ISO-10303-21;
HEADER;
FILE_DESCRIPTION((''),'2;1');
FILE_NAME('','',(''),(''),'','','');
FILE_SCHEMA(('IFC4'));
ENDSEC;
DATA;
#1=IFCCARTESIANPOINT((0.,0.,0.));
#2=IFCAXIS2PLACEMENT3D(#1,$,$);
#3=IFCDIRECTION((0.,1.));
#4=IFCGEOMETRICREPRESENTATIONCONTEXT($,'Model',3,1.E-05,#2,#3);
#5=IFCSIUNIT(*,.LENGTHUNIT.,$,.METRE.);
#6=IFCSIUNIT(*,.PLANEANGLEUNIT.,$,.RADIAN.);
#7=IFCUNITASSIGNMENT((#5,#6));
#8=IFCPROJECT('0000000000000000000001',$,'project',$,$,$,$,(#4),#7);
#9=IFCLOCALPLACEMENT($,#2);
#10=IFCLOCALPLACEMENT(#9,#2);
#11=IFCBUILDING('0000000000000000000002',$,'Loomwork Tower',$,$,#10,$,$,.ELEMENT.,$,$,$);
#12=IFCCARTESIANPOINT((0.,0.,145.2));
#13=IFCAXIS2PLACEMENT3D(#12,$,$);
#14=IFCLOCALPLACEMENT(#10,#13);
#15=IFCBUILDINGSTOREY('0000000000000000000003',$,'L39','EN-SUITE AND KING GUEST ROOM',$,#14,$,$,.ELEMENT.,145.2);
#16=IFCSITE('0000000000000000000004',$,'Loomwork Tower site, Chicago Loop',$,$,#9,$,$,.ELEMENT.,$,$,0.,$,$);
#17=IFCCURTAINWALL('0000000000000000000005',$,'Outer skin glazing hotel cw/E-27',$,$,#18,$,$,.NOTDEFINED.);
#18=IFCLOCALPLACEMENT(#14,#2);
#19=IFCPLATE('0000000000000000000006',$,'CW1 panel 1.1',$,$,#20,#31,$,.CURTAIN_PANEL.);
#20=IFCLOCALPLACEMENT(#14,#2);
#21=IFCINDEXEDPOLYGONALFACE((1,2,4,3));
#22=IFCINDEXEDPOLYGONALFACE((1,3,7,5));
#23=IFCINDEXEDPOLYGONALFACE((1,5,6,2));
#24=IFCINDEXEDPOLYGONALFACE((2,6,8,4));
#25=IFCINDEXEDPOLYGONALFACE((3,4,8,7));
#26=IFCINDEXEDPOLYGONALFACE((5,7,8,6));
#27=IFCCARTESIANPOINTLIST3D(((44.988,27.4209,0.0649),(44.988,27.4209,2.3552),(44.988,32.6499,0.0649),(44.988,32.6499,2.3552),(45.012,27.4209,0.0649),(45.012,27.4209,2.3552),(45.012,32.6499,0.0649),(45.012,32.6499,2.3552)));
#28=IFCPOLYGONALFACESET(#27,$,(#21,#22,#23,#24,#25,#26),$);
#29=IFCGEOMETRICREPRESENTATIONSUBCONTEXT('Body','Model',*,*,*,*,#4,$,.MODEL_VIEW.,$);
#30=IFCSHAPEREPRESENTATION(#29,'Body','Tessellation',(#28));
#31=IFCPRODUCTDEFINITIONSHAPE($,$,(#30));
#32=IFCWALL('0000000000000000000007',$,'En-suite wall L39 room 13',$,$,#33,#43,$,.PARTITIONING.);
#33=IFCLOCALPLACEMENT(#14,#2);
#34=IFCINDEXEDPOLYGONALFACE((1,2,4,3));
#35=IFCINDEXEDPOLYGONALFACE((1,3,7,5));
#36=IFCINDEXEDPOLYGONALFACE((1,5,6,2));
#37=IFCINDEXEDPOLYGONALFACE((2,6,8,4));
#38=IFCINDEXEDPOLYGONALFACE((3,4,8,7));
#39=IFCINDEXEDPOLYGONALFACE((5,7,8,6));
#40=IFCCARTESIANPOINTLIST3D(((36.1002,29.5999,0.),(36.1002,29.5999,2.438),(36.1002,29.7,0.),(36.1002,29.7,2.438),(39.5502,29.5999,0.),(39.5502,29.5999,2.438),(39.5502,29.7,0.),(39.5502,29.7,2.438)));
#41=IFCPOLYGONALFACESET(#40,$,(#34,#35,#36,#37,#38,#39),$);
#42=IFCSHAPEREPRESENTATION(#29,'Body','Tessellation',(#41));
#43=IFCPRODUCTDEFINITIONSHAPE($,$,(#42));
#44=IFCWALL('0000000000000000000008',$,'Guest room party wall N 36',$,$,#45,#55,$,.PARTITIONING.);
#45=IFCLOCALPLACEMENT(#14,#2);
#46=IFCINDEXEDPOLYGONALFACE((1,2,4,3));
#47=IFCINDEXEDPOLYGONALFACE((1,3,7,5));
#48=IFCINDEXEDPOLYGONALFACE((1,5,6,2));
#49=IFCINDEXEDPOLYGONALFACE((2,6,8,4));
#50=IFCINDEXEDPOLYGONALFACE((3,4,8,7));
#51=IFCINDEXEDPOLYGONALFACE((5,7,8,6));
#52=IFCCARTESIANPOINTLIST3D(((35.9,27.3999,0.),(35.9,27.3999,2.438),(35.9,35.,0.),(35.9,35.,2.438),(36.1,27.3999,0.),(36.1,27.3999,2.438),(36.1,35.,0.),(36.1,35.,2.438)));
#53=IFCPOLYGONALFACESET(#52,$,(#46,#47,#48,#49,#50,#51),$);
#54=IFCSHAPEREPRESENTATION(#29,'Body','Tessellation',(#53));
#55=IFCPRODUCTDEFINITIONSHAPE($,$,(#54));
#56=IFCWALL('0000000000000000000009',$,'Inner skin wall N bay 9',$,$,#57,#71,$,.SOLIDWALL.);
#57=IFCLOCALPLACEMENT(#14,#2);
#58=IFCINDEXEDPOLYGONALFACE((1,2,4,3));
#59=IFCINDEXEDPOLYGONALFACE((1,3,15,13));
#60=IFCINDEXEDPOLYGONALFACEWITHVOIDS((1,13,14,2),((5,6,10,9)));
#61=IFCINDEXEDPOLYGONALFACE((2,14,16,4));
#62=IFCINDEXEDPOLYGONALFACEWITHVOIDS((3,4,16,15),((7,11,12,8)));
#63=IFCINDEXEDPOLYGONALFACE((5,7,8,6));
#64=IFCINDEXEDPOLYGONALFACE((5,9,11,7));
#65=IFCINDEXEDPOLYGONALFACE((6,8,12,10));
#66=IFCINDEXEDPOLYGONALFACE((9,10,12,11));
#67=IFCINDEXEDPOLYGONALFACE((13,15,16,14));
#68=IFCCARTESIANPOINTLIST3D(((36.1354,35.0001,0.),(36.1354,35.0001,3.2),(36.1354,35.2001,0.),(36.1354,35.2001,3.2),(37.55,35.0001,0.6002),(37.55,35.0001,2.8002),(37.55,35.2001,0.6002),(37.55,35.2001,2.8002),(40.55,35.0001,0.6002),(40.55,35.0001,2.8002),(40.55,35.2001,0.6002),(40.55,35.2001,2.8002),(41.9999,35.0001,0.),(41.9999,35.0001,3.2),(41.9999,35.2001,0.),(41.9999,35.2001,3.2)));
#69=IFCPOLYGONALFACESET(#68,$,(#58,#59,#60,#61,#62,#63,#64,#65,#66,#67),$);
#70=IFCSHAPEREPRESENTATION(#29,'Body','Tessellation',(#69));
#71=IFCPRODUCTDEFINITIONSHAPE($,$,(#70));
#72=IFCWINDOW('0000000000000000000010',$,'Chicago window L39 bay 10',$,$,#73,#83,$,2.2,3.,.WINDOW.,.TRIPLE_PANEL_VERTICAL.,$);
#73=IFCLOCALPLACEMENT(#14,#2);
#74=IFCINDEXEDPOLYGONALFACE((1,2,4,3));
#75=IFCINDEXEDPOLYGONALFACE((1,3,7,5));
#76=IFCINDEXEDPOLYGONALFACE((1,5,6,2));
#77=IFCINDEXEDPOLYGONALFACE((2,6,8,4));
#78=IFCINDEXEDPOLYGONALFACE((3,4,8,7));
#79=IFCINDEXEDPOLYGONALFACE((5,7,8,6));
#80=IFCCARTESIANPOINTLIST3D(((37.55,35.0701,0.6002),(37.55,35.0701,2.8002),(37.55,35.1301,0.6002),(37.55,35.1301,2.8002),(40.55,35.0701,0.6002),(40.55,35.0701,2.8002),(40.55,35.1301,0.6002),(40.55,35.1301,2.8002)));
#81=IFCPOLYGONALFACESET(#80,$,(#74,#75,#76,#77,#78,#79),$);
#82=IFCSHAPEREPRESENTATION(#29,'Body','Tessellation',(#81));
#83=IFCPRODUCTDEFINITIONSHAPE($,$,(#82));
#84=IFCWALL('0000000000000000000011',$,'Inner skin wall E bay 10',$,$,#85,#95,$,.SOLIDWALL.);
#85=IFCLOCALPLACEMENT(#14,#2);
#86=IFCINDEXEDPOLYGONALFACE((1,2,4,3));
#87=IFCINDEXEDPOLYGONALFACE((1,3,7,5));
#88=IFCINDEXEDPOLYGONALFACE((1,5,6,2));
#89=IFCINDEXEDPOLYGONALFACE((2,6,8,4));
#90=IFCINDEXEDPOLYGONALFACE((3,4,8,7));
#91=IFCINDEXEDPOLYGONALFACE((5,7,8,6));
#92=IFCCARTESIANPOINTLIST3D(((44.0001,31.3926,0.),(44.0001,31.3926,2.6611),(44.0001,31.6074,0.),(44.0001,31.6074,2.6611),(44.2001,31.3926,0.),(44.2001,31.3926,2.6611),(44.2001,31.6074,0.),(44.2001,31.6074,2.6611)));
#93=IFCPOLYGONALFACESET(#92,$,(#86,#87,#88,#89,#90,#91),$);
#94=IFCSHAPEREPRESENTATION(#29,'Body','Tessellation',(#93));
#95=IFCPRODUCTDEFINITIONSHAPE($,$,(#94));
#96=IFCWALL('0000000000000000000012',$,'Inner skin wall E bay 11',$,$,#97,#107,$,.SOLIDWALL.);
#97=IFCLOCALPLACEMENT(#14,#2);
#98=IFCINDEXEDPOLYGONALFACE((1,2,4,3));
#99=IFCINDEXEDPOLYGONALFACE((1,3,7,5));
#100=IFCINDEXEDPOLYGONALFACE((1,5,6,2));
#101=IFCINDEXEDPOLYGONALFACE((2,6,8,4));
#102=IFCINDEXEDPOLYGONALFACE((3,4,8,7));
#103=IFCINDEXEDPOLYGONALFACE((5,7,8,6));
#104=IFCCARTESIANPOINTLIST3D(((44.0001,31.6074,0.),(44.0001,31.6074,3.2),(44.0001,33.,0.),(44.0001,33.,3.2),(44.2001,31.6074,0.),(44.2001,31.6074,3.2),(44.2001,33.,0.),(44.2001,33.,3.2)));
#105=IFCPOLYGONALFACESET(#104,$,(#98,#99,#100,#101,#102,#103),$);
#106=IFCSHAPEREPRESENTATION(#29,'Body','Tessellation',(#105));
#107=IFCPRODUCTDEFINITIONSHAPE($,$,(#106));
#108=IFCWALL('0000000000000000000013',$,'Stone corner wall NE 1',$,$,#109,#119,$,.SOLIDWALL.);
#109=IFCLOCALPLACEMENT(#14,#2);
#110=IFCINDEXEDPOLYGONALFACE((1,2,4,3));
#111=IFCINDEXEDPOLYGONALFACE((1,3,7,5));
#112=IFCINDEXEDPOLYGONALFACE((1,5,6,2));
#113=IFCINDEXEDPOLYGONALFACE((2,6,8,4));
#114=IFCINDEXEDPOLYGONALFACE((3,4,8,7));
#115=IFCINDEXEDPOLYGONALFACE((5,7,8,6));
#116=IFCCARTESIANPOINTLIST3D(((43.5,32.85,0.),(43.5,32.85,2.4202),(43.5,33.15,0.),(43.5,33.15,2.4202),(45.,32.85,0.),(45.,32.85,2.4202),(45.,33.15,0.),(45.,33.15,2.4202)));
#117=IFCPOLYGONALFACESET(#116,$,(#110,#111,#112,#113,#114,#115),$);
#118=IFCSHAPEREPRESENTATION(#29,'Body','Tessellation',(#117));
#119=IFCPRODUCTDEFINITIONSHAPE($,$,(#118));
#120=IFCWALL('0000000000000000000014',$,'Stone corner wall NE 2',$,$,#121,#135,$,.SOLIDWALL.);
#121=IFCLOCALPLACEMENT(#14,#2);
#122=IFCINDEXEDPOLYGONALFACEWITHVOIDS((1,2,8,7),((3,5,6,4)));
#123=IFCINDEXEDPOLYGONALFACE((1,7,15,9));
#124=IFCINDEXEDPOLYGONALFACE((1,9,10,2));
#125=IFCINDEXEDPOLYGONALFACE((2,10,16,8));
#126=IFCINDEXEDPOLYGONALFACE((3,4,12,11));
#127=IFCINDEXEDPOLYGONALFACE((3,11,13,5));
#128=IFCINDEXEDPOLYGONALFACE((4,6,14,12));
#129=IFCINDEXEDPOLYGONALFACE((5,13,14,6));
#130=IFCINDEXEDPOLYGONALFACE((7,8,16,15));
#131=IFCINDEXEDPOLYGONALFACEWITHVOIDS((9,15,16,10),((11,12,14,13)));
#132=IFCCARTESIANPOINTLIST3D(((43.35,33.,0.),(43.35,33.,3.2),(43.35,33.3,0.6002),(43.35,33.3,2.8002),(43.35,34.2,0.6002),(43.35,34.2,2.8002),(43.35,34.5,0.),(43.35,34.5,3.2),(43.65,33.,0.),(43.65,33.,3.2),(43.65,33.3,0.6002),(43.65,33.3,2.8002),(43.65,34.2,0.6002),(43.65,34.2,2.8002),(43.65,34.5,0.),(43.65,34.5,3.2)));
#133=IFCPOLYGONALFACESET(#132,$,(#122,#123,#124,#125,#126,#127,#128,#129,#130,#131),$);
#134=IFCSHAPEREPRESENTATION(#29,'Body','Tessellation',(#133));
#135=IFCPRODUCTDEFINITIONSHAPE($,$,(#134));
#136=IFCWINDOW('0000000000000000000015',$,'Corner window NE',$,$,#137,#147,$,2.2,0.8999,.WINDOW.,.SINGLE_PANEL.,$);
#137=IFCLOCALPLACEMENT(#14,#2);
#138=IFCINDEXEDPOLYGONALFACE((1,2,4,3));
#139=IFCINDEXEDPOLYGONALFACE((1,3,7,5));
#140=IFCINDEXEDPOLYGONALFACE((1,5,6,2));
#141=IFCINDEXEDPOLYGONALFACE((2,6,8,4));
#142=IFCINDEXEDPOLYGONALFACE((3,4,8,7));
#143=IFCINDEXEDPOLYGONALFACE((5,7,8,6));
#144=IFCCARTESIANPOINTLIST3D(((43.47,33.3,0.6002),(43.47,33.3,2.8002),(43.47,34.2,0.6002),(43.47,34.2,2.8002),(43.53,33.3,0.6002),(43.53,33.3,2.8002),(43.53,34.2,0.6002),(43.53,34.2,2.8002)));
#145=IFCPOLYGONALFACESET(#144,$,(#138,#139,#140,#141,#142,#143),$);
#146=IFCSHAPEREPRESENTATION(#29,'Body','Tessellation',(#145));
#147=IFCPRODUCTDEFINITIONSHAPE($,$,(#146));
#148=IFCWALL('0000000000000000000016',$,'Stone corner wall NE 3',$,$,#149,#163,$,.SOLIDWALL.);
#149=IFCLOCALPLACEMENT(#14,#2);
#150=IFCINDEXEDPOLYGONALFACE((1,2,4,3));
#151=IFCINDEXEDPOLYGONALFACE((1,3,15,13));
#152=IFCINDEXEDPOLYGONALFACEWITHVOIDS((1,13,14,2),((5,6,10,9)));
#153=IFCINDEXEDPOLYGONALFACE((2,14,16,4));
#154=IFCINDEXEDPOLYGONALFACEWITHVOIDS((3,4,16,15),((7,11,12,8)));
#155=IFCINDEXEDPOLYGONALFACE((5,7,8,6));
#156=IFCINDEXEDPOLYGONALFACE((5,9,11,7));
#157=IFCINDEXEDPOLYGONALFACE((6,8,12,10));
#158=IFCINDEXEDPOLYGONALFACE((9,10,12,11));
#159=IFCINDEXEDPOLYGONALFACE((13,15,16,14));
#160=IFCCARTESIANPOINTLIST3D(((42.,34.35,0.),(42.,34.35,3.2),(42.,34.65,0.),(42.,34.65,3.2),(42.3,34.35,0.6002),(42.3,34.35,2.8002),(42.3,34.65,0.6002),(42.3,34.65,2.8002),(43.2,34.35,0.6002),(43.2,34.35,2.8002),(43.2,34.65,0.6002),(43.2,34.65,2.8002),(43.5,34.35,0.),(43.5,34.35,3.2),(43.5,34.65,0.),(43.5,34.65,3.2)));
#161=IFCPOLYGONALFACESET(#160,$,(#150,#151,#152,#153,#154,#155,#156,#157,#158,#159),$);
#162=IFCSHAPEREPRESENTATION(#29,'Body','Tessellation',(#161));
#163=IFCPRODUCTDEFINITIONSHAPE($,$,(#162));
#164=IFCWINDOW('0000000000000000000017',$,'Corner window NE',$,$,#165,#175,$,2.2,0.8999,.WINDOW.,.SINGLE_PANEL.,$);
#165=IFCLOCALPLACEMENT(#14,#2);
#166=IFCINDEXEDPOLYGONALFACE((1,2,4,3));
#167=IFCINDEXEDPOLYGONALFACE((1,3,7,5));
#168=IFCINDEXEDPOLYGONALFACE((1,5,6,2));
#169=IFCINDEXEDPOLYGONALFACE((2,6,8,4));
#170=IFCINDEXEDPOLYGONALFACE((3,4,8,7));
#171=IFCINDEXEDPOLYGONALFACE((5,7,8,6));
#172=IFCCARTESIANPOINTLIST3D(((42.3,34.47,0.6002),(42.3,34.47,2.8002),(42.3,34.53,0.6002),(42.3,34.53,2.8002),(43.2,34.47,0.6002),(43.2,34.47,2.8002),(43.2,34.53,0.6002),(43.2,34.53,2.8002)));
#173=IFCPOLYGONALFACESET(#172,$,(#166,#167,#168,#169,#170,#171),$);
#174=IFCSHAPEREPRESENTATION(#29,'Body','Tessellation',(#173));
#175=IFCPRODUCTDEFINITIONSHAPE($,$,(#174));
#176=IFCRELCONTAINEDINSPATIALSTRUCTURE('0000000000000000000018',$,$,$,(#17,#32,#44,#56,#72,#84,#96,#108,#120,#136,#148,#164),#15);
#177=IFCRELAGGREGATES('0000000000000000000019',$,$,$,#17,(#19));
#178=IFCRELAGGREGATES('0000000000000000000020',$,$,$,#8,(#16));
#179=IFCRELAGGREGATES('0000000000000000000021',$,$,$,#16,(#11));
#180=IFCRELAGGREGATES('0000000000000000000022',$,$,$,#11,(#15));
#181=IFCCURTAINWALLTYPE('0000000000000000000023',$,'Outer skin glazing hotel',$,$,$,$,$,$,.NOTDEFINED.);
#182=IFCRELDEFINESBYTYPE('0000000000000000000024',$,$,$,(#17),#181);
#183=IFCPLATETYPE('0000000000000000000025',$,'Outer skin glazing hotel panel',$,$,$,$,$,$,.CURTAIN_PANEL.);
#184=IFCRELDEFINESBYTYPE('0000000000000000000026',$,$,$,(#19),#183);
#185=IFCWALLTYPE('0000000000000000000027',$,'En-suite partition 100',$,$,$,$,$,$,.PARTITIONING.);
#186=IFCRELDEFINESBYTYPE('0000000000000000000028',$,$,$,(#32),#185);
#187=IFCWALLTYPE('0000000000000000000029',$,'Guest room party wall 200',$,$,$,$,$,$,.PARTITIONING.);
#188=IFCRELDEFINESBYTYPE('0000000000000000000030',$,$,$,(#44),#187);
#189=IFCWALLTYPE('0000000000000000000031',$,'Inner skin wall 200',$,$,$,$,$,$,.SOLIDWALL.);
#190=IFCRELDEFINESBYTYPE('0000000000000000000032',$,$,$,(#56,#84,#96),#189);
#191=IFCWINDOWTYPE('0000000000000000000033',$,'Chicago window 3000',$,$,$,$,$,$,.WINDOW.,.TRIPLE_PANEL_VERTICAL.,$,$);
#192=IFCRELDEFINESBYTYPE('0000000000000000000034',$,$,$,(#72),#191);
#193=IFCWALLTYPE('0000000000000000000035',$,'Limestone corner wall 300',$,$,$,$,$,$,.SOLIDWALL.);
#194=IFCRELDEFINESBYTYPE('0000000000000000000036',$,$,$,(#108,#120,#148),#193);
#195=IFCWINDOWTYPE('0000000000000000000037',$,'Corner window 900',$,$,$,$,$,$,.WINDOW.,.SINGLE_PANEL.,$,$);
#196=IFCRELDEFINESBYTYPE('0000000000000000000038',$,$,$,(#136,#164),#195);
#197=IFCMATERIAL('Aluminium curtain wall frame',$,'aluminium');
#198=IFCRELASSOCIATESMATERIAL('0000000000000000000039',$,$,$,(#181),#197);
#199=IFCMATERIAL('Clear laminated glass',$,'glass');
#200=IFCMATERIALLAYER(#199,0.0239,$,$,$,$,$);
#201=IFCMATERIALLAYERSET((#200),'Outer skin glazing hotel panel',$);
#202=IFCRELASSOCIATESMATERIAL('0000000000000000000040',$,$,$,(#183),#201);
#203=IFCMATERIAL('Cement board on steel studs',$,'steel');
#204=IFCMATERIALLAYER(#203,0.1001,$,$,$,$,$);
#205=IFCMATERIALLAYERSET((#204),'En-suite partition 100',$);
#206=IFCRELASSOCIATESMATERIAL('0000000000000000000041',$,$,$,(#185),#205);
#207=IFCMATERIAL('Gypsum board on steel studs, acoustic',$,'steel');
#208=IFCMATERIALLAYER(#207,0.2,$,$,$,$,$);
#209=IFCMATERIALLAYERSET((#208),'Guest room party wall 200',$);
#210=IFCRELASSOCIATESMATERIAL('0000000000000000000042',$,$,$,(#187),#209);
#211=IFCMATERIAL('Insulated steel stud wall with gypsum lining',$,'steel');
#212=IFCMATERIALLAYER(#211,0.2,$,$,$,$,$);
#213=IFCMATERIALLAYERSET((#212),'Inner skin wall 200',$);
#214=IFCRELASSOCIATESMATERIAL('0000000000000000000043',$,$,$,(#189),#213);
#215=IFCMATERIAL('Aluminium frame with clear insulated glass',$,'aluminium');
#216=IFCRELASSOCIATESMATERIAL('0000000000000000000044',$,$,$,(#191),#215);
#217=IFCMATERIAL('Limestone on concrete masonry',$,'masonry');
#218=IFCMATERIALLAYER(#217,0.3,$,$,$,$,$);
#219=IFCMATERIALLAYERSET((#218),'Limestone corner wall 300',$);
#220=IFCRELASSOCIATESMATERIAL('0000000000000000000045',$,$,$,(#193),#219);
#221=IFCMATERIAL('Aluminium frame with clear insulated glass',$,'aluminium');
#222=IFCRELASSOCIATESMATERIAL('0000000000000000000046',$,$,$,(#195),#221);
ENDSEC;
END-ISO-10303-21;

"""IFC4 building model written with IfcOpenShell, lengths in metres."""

from ifc_helpers import new_model, si_unit, direction, frame, frame_2d, origin, origin_2d, place, context, subcontext, project, spatial, rectangle, extrude, material, layer, layer_set, type_object, element, fill, aggregate, save


model = new_model("IFC4")

# Units and contexts
model_context = context("Model", 3, precision=1e-05, world=origin(), true_north=direction((0.0, 1.0)))
body_context = subcontext(model_context, "Body", "Model", "MODEL_VIEW")
ifc_project = project(units=[si_unit("LENGTHUNIT", "METRE"), si_unit("PLANEANGLEUNIT", "RADIAN")], contexts=[model_context])

# Site, building, storey
site_placement = place(None, origin())
site = spatial("IfcSite", under=ifc_project, at=site_placement, Name="Loomwork Tower site, Chicago Loop", CompositionType="ELEMENT", RefElevation=0.0)
building_placement = place(site_placement, origin())
building = spatial("IfcBuilding", under=site, at=building_placement, Name="Loomwork Tower", CompositionType="ELEMENT")
storey_placement = place(building_placement, frame((0.0, 0.0, 145.2)))
storey = spatial("IfcBuildingStorey", under=building, at=storey_placement, Name="L39", Description="EN-SUITE AND KING GUEST ROOM", CompositionType="ELEMENT", Elevation=145.2)

# Shared definitions
ifc_material_1 = material(Name="Aluminium curtain wall frame", Category="aluminium")
curtain_wall_type = type_object("IfcCurtainWallType", Name="Outer skin glazing hotel", PredefinedType="NOTDEFINED", material=ifc_material_1)

# Curtain wall
curtain_wall_1_placement = place(storey_placement, origin())
curtain_wall_1 = element("IfcCurtainWall", 1, at=curtain_wall_1_placement, inside=storey, type_object=curtain_wall_type, Name="Outer skin glazing hotel cw/E-27", PredefinedType="NOTDEFINED")

# Plate
ifc_material_2 = material(Name="Clear laminated glass", Category="glass")
ifc_layer_1 = layer(ifc_material_2, 0.0239)
ifc_layer_set_1 = layer_set([ifc_layer_1], Name="Outer skin glazing hotel panel")
plate_type = type_object("IfcPlateType", Name="Outer skin glazing hotel panel", PredefinedType="CURTAIN_PANEL", material=ifc_layer_set_1)
plate_1_placement = place(storey_placement, frame((45.0, 30.0354, 0.0649), z_axis=(0.0, 0.0, 1.0), x_axis=(0.0, 1.0, 0.0)))
plate_1 = element("IfcPlate", 2, at=plate_1_placement, type_object=plate_type, Name="CW1 panel 1.1", PredefinedType="CURTAIN_PANEL", context=body_context, shape_type="SweptSolid", body=[
    extrude(rectangle(XDim=5.229, YDim=0.0239, at=origin_2d()), origin(), (0.0, 0.0, 1.0), 2.2903),
])
aggregate(curtain_wall_1, [plate_1])

# Walls
ifc_material_3 = material(Name="Cement board on steel studs", Category="steel")
ifc_layer_2 = layer(ifc_material_3, 0.1001)
ifc_layer_set_2 = layer_set([ifc_layer_2], Name="En-suite partition 100")
wall_type_1 = type_object("IfcWallType", Name="En-suite partition 100", PredefinedType="PARTITIONING", material=ifc_layer_set_2)
wall_1_placement = place(storey_placement, frame((36.1001, 29.6499, 0.0), z_axis=(0.0, 0.0, 1.0), x_axis=(1.0, 0.0, 0.0)))
element("IfcWall", 3, at=wall_1_placement, inside=storey, type_object=wall_type_1, Name="En-suite wall L39 room 13", PredefinedType="PARTITIONING", context=body_context, shape_type="SweptSolid", body=[
    extrude(rectangle(XDim=3.45, YDim=0.1001, at=frame_2d((1.7251, 0.0))), origin(), (0.0, 0.0, 1.0), 2.438),
])
ifc_material_4 = material(Name="Gypsum board on steel studs, acoustic", Category="steel")
ifc_layer_3 = layer(ifc_material_4, 0.2)
ifc_layer_set_3 = layer_set([ifc_layer_3], Name="Guest room party wall 200")
wall_type_2 = type_object("IfcWallType", Name="Guest room party wall 200", PredefinedType="PARTITIONING", material=ifc_layer_set_3)
wall_2_placement = place(storey_placement, frame((36.0, 27.3999, 0.0), z_axis=(0.0, 0.0, 1.0), x_axis=(0.0, 1.0, 0.0)))
element("IfcWall", 4, at=wall_2_placement, inside=storey, type_object=wall_type_2, Name="Guest room party wall N 36", PredefinedType="PARTITIONING", context=body_context, shape_type="SweptSolid", body=[
    extrude(rectangle(XDim=7.6001, YDim=0.2, at=frame_2d((3.8, 0.0))), origin(), (0.0, 0.0, 1.0), 2.438),
])

# Wall, opening, window
ifc_material_5 = material(Name="Insulated steel stud wall with gypsum lining", Category="steel")
ifc_layer_4 = layer(ifc_material_5, 0.2)
ifc_layer_set_4 = layer_set([ifc_layer_4], Name="Inner skin wall 200")
wall_type_3 = type_object("IfcWallType", Name="Inner skin wall 200", PredefinedType="SOLIDWALL", material=ifc_layer_set_4)
wall_3_placement = place(storey_placement, frame((36.1355, 35.1001, 0.0), z_axis=(0.0, 0.0, 1.0), x_axis=(1.0, 0.0, 0.0)))
wall_3 = element("IfcWall", 5, at=wall_3_placement, inside=storey, type_object=wall_type_3, Name="Inner skin wall N bay 9", PredefinedType="SOLIDWALL", context=body_context, shape_type="SweptSolid", body=[
    extrude(rectangle(XDim=5.8645, YDim=0.2, at=frame_2d((2.9321, 0.0))), origin(), (0.0, 0.0, 1.0), 3.2),
])
opening_1_placement = place(wall_3_placement, frame((1.4146, 0.0, 0.6001)))
opening_1 = element("IfcOpeningElement", 6, at=opening_1_placement, cuts=wall_3, PredefinedType="OPENING", context=body_context, shape_type="SweptSolid", body=[
    extrude(rectangle(XDim=3.0, YDim=2.2, at=frame_2d((1.5, 1.1001))), frame((0.0, 0.1099, 0.0), z_axis=(0.0, -1.0, 0.0), x_axis=(1.0, 0.0, 0.0)), (0.0, 0.0, 1.0), 0.22),
])
ifc_material_6 = material(Name="Aluminium frame with clear insulated glass", Category="aluminium")
window_type_1 = type_object("IfcWindowType", Name="Chicago window 3000", PartitioningType="TRIPLE_PANEL_VERTICAL", PredefinedType="WINDOW", material=ifc_material_6)
window_1_placement = place(opening_1_placement, origin())
window_1 = element("IfcWindow", 7, at=window_1_placement, inside=storey, type_object=window_type_1, Name="Chicago window L39 bay 10", OverallHeight=2.2, OverallWidth=3.0, PartitioningType="TRIPLE_PANEL_VERTICAL", PredefinedType="WINDOW", context=body_context, shape_type="SweptSolid", body=[
    extrude(rectangle(XDim=3.0, YDim=2.2, at=frame_2d((1.5, 1.1001))), frame((0.0, 0.03, 0.0), z_axis=(0.0, -1.0, 0.0), x_axis=(1.0, 0.0, 0.0)), (0.0, 0.0, 1.0), 0.0601),
])
fill(opening_1, window_1)

# Walls
wall_4_placement = place(storey_placement, frame((44.1001, 31.3926, 0.0), z_axis=(0.0, 0.0, 1.0), x_axis=(0.0, 1.0, 0.0)))
element("IfcWall", 8, at=wall_4_placement, inside=storey, type_object=wall_type_3, Name="Inner skin wall E bay 10", PredefinedType="SOLIDWALL", context=body_context, shape_type="SweptSolid", body=[
    extrude(rectangle(XDim=0.2148, YDim=0.2, at=frame_2d((0.1074, 0.0))), origin(), (0.0, 0.0, 1.0), 2.6611),
])
wall_5_placement = place(storey_placement, frame((44.1001, 31.6074, 0.0), z_axis=(0.0, 0.0, 1.0), x_axis=(0.0, 1.0, 0.0)))
element("IfcWall", 9, at=wall_5_placement, inside=storey, type_object=wall_type_3, Name="Inner skin wall E bay 11", PredefinedType="SOLIDWALL", context=body_context, shape_type="SweptSolid", body=[
    extrude(rectangle(XDim=1.3926, YDim=0.2, at=frame_2d((0.6963, 0.0))), origin(), (0.0, 0.0, 1.0), 3.2),
])
ifc_material_7 = material(Name="Limestone on concrete masonry", Category="masonry")
ifc_layer_5 = layer(ifc_material_7, 0.3)
ifc_layer_set_5 = layer_set([ifc_layer_5], Name="Limestone corner wall 300")
wall_type_4 = type_object("IfcWallType", Name="Limestone corner wall 300", PredefinedType="SOLIDWALL", material=ifc_layer_set_5)
wall_6_placement = place(storey_placement, frame((45.0, 33.0, 0.0), z_axis=(0.0, 0.0, 1.0), x_axis=(-1.0, 0.0, 0.0)))
element("IfcWall", 10, at=wall_6_placement, inside=storey, type_object=wall_type_4, Name="Stone corner wall NE 1", PredefinedType="SOLIDWALL", context=body_context, shape_type="SweptSolid", body=[
    extrude(rectangle(XDim=1.5, YDim=0.3, at=frame_2d((0.75, 0.0))), origin(), (0.0, 0.0, 1.0), 2.4202),
])

# Walls, openings, windows
wall_7_placement = place(storey_placement, frame((43.5, 33.0, 0.0), z_axis=(0.0, 0.0, 1.0), x_axis=(0.0, 1.0, 0.0)))
wall_7 = element("IfcWall", 11, at=wall_7_placement, inside=storey, type_object=wall_type_4, Name="Stone corner wall NE 2", PredefinedType="SOLIDWALL", context=body_context, shape_type="SweptSolid", body=[
    extrude(rectangle(XDim=1.5, YDim=0.3, at=frame_2d((0.75, 0.0))), origin(), (0.0, 0.0, 1.0), 3.2),
])
opening_2_placement = place(wall_7_placement, frame((0.3, 0.0, 0.6001)))
opening_2 = element("IfcOpeningElement", 12, at=opening_2_placement, cuts=wall_7, PredefinedType="OPENING", context=body_context, shape_type="SweptSolid", body=[
    extrude(rectangle(XDim=0.8999, YDim=2.2, at=frame_2d((0.45, 1.1001))), frame((0.0, 0.1599, 0.0), z_axis=(0.0, -1.0, 0.0), x_axis=(1.0, 0.0, 0.0)), (0.0, 0.0, 1.0), 0.3201),
])
ifc_material_8 = material(Name="Aluminium frame with clear insulated glass", Category="aluminium")
window_type_2 = type_object("IfcWindowType", Name="Corner window 900", PartitioningType="SINGLE_PANEL", PredefinedType="WINDOW", material=ifc_material_8)
window_2_placement = place(opening_2_placement, origin())
window_2 = element("IfcWindow", 13, at=window_2_placement, inside=storey, type_object=window_type_2, Name="Corner window NE", OverallHeight=2.2, OverallWidth=0.8999, PartitioningType="SINGLE_PANEL", PredefinedType="WINDOW", context=body_context, shape_type="SweptSolid", body=[
    extrude(rectangle(XDim=0.8999, YDim=2.2, at=frame_2d((0.45, 1.1001))), frame((0.0, 0.03, 0.0), z_axis=(0.0, -1.0, 0.0), x_axis=(1.0, 0.0, 0.0)), (0.0, 0.0, 1.0), 0.0601),
])
fill(opening_2, window_2)
wall_8_placement = place(storey_placement, frame((43.5, 34.5, 0.0), z_axis=(0.0, 0.0, 1.0), x_axis=(-1.0, 0.0, 0.0)))
wall_8 = element("IfcWall", 14, at=wall_8_placement, inside=storey, type_object=wall_type_4, Name="Stone corner wall NE 3", PredefinedType="SOLIDWALL", context=body_context, shape_type="SweptSolid", body=[
    extrude(rectangle(XDim=1.5, YDim=0.3, at=frame_2d((0.75, 0.0))), origin(), (0.0, 0.0, 1.0), 3.2),
])
opening_3_placement = place(wall_8_placement, frame((0.3, 0.0, 0.6001)))
opening_3 = element("IfcOpeningElement", 15, at=opening_3_placement, cuts=wall_8, PredefinedType="OPENING", context=body_context, shape_type="SweptSolid", body=[
    extrude(rectangle(XDim=0.8999, YDim=2.2, at=frame_2d((0.45, 1.1001))), frame((0.0, 0.1599, 0.0), z_axis=(0.0, -1.0, 0.0), x_axis=(1.0, 0.0, 0.0)), (0.0, 0.0, 1.0), 0.3201),
])
window_3_placement = place(opening_3_placement, origin())
window_3 = element("IfcWindow", 16, at=window_3_placement, inside=storey, type_object=window_type_2, Name="Corner window NE", OverallHeight=2.2, OverallWidth=0.8999, PartitioningType="SINGLE_PANEL", PredefinedType="WINDOW", context=body_context, shape_type="SweptSolid", body=[
    extrude(rectangle(XDim=0.8999, YDim=2.2, at=frame_2d((0.45, 1.1001))), frame((0.0, 0.03, 0.0), z_axis=(0.0, -1.0, 0.0), x_axis=(1.0, 0.0, 0.0)), (0.0, 0.0, 1.0), 0.0601),
])
fill(opening_3, window_3)

save(model, "model.ifc")
